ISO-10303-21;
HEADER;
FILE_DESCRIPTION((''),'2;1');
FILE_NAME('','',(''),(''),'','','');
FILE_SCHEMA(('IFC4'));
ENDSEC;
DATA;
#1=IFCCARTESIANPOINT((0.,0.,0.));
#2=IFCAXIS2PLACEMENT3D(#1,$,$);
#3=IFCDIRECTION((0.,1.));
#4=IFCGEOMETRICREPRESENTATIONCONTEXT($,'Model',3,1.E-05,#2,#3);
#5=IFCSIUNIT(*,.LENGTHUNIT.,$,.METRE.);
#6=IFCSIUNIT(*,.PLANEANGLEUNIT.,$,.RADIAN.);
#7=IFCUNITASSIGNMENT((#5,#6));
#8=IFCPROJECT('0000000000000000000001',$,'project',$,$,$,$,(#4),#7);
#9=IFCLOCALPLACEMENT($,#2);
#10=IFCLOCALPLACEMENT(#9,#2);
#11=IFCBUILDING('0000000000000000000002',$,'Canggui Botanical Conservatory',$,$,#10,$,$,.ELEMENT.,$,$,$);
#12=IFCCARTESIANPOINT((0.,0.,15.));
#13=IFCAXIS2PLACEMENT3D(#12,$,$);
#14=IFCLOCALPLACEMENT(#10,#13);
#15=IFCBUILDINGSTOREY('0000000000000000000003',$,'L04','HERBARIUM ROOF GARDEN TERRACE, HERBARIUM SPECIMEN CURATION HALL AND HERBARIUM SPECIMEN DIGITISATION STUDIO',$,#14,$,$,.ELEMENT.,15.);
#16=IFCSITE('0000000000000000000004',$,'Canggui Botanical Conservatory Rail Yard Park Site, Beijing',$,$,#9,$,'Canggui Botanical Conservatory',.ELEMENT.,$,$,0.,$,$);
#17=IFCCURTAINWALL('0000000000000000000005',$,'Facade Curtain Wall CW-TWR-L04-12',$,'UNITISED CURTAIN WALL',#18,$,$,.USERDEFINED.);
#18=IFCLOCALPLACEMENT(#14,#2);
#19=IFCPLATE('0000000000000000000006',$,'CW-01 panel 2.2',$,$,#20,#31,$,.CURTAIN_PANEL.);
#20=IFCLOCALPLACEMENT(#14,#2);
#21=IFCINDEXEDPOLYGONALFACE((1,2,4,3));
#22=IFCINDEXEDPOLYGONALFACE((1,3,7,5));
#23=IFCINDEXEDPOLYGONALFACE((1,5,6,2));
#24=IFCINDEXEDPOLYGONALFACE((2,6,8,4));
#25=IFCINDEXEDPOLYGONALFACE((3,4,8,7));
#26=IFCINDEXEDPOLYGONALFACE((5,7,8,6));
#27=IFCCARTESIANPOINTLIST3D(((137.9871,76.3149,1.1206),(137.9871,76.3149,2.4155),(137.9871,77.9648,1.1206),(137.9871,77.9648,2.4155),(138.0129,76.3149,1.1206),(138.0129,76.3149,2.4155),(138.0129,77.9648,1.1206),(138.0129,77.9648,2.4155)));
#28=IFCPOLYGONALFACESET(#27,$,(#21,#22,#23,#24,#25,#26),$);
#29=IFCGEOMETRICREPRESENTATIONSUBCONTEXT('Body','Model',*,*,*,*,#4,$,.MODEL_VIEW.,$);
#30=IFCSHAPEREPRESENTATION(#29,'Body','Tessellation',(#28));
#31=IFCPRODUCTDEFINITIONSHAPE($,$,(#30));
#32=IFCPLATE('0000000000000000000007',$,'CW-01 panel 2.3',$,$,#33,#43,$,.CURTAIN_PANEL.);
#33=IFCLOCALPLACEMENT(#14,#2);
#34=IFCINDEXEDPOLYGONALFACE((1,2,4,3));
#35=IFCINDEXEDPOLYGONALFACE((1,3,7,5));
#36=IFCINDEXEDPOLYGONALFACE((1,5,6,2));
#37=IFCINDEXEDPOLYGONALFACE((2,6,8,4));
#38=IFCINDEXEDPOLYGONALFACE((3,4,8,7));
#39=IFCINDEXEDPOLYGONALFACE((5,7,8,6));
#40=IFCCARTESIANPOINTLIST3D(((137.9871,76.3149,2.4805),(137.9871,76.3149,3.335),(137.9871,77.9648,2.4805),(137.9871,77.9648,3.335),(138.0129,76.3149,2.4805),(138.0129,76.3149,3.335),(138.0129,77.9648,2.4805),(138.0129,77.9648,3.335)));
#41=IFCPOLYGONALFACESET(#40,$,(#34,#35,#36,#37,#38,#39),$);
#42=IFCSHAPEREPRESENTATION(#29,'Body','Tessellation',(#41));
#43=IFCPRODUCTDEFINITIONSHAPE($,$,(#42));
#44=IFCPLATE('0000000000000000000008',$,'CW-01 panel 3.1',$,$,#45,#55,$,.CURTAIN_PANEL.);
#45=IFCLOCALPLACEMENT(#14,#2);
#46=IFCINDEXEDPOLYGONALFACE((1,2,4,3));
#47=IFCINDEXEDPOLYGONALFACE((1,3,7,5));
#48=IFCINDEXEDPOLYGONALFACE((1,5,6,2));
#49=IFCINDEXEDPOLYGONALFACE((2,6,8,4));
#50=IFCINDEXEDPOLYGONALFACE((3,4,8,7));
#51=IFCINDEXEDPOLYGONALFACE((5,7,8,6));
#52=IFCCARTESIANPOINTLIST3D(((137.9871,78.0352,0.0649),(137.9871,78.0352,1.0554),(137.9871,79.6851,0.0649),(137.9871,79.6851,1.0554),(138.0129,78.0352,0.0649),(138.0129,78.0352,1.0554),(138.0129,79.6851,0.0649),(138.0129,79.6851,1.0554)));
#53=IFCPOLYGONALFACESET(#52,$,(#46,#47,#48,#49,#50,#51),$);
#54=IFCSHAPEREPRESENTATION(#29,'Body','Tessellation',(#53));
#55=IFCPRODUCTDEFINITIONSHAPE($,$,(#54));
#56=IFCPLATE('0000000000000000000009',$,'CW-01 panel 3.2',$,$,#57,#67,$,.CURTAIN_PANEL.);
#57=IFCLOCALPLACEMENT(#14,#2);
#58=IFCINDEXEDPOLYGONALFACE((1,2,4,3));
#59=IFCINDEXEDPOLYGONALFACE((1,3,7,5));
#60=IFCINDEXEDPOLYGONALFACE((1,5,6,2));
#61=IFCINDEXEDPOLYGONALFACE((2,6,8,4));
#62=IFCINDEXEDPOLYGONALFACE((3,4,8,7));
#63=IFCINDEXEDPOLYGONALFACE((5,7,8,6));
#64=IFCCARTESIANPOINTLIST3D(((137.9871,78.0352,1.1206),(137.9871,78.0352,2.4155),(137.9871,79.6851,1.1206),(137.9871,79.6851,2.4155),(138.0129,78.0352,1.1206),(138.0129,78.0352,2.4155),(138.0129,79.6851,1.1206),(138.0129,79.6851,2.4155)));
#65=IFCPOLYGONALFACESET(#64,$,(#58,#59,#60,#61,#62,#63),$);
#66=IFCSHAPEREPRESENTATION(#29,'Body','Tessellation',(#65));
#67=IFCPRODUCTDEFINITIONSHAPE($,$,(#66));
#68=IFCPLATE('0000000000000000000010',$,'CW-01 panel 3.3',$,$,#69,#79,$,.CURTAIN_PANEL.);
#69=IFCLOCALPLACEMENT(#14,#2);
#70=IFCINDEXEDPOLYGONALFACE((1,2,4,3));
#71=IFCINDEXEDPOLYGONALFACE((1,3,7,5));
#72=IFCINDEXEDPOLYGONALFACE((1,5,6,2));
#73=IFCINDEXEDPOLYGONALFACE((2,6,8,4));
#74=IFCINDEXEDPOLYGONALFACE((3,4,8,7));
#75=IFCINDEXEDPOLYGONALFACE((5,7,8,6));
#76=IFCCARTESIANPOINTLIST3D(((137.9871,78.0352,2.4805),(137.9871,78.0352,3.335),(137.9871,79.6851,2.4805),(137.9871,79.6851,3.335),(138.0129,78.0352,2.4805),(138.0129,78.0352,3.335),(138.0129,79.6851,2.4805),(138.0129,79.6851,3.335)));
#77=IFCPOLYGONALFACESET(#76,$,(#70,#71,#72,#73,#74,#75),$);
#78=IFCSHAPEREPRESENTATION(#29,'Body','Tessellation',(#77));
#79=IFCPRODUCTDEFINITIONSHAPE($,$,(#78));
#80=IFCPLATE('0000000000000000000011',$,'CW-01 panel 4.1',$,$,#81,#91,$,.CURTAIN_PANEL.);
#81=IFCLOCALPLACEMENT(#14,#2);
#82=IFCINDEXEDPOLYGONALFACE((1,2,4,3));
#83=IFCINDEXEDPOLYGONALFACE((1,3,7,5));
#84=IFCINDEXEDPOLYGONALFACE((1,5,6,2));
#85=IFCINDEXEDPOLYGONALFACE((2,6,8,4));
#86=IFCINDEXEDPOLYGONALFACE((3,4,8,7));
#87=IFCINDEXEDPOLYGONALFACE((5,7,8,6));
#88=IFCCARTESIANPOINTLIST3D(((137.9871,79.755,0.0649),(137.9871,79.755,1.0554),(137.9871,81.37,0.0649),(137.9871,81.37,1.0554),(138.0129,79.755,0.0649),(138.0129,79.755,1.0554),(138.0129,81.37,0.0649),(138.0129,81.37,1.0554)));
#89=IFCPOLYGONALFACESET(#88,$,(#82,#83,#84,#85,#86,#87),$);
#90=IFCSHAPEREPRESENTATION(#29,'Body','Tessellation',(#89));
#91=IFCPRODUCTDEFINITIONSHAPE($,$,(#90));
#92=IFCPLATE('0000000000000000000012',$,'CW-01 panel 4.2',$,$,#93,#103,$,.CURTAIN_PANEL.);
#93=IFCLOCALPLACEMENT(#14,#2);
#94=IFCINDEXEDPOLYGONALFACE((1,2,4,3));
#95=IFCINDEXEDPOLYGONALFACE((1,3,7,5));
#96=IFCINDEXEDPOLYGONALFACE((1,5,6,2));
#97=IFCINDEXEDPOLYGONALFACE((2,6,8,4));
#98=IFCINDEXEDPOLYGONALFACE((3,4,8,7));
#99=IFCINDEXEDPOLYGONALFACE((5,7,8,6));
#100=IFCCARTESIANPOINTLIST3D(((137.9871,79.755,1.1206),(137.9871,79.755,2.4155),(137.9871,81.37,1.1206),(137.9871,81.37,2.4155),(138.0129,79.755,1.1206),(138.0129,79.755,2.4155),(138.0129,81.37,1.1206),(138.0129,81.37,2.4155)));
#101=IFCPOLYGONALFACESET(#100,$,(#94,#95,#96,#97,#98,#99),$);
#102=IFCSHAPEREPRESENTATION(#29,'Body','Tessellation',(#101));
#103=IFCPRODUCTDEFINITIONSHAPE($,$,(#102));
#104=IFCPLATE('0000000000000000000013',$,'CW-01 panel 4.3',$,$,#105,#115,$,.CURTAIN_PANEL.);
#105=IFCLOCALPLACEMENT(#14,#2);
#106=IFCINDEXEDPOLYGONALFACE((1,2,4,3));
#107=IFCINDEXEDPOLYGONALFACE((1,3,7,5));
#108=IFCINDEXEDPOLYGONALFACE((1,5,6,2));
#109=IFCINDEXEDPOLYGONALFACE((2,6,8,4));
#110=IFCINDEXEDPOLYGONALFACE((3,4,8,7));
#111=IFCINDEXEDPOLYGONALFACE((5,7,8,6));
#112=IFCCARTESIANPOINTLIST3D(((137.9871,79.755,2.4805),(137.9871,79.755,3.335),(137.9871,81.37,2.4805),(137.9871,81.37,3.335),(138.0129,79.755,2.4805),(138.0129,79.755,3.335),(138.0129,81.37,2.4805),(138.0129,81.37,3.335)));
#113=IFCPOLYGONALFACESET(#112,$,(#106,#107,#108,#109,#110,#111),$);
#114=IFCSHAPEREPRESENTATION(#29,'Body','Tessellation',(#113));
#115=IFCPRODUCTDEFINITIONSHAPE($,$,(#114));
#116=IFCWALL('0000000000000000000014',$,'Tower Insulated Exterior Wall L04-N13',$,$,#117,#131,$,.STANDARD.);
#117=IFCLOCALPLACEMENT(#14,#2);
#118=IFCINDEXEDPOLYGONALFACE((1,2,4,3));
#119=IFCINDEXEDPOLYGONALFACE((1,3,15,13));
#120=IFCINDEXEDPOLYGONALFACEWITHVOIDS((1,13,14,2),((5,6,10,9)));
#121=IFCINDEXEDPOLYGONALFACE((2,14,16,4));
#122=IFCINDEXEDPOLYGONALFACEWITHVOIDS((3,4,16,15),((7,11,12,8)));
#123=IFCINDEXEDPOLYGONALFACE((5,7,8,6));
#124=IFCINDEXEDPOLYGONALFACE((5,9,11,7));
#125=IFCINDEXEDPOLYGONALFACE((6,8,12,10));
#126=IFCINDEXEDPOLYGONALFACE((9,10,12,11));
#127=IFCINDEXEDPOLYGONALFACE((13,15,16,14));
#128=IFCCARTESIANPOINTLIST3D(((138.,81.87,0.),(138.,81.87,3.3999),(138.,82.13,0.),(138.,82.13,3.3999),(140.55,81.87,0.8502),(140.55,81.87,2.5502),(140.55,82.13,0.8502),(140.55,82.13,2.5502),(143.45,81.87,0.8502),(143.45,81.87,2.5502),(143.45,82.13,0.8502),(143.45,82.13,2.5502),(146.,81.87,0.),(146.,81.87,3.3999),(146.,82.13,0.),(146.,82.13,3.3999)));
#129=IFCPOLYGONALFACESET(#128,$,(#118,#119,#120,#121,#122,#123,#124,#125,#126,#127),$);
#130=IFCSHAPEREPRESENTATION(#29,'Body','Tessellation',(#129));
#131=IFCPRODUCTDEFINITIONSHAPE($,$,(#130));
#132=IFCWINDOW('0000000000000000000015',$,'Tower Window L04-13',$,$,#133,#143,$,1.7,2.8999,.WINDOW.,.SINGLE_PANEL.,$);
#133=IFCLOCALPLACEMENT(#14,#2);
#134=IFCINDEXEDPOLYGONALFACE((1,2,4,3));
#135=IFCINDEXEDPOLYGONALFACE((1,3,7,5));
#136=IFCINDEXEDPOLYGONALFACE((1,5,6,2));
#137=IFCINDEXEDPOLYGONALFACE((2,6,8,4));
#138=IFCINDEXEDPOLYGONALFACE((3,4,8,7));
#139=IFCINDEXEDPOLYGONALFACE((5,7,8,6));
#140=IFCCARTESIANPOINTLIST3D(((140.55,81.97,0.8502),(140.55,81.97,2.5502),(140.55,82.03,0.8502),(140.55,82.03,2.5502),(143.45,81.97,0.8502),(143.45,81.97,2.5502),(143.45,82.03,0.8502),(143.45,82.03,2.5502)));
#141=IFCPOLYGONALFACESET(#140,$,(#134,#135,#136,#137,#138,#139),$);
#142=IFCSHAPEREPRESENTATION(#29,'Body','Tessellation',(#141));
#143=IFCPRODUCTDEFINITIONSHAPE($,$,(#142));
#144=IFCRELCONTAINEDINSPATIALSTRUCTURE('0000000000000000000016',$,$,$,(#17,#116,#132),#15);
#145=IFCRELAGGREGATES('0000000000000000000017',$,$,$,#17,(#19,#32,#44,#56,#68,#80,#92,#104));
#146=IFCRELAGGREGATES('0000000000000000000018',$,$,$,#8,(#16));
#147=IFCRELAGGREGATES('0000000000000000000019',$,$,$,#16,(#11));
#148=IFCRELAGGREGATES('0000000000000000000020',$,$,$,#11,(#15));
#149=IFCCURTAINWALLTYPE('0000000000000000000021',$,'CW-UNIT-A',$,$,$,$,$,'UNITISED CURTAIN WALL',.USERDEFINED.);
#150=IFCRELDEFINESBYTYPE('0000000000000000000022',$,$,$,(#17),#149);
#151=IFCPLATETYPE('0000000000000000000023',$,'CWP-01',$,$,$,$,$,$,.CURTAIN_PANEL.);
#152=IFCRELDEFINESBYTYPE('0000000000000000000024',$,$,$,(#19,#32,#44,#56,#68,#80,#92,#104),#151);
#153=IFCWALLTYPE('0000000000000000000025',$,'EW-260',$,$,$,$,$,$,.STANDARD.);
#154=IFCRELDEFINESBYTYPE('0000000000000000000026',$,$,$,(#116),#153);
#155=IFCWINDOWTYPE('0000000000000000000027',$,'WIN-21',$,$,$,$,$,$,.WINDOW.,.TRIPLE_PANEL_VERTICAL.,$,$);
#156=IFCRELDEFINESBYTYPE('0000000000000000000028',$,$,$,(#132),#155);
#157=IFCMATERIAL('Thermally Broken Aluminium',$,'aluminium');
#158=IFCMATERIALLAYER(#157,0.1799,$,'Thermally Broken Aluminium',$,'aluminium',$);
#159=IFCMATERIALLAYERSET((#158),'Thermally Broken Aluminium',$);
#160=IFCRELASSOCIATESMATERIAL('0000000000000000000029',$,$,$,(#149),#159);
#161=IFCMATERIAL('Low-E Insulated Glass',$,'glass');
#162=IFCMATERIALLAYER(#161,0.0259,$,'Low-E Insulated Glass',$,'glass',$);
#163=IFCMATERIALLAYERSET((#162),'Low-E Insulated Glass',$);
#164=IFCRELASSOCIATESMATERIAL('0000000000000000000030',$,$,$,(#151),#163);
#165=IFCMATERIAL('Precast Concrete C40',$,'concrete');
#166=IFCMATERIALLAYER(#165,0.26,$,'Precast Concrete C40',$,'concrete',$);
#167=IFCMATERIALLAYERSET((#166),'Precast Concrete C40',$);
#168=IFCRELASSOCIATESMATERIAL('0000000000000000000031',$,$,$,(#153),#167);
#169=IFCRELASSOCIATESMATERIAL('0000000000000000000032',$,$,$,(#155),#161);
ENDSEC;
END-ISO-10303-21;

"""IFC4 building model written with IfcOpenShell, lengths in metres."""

from ifc_helpers import new_model, si_unit, direction, frame, frame_2d, origin, origin_2d, place, context, subcontext, project, spatial, rectangle, extrude, material, layer, layer_set, type_object, element, fill, aggregate, save


model = new_model("IFC4")

# Units and contexts
model_context = context("Model", 3, precision=1e-05, world=origin(), true_north=direction((0.0, 1.0)))
body_context = subcontext(model_context, "Body", "Model", "MODEL_VIEW")
ifc_project = project(units=[si_unit("LENGTHUNIT", "METRE"), si_unit("PLANEANGLEUNIT", "RADIAN")], contexts=[model_context])

# Site, building, storey
site_placement = place(None, origin())
site = spatial("IfcSite", under=ifc_project, at=site_placement, Name="Canggui Botanical Conservatory Rail Yard Park Site, Beijing", LongName="Canggui Botanical Conservatory", CompositionType="ELEMENT", RefElevation=0.0)
building_placement = place(site_placement, origin())
building = spatial("IfcBuilding", under=site, at=building_placement, Name="Canggui Botanical Conservatory", CompositionType="ELEMENT")
storey_placement = place(building_placement, frame((0.0, 0.0, 15.0)))
storey = spatial("IfcBuildingStorey", under=building, at=storey_placement, Name="L04", Description="HERBARIUM ROOF GARDEN TERRACE, HERBARIUM SPECIMEN CURATION HALL AND HERBARIUM SPECIMEN DIGITISATION STUDIO", CompositionType="ELEMENT", Elevation=15.0)

# Curtain wall, plates
ifc_material_1 = material(Name="Thermally Broken Aluminium", Category="aluminium")
ifc_layer_1 = layer(ifc_material_1, 0.1799, Name="Thermally Broken Aluminium", Category="aluminium")
ifc_layer_set_1 = layer_set([ifc_layer_1], Name="Thermally Broken Aluminium")
curtain_wall_type = type_object("IfcCurtainWallType", Name="CW-UNIT-A", ElementType="UNITISED CURTAIN WALL", PredefinedType="USERDEFINED", material=ifc_layer_set_1)
curtain_wall_placement = place(storey_placement, origin())
curtain_wall = element("IfcCurtainWall", 1, at=curtain_wall_placement, inside=storey, type_object=curtain_wall_type, Name="Facade Curtain Wall CW-TWR-L04-12", ObjectType="UNITISED CURTAIN WALL", PredefinedType="USERDEFINED")
ifc_material_2 = material(Name="Low-E Insulated Glass", Category="glass")
ifc_layer_2 = layer(ifc_material_2, 0.0259, Name="Low-E Insulated Glass", Category="glass")
ifc_layer_set_2 = layer_set([ifc_layer_2], Name="Low-E Insulated Glass")
plate_type = type_object("IfcPlateType", Name="CWP-01", PredefinedType="CURTAIN_PANEL", material=ifc_layer_set_2)
plate_1_placement = place(storey_placement, frame((138.0, 77.1399, 1.1206), z_axis=(0.0, 0.0, 1.0), x_axis=(0.0, 1.0, 0.0)))
plate_1 = element("IfcPlate", 2, at=plate_1_placement, type_object=plate_type, Name="CW-01 panel 2.2", PredefinedType="CURTAIN_PANEL", context=body_context, shape_type="SweptSolid", body=[
    extrude(rectangle(XDim=1.6499, YDim=0.0259, at=origin_2d()), origin(), (0.0, 0.0, 1.0), 1.2949),
])
plate_2_placement = place(storey_placement, frame((138.0, 77.1399, 2.4805), z_axis=(0.0, 0.0, 1.0), x_axis=(0.0, 1.0, 0.0)))
plate_2 = element("IfcPlate", 3, at=plate_2_placement, type_object=plate_type, Name="CW-01 panel 2.3", PredefinedType="CURTAIN_PANEL", context=body_context, shape_type="SweptSolid", body=[
    extrude(rectangle(XDim=1.6499, YDim=0.0259, at=origin_2d()), origin(), (0.0, 0.0, 1.0), 0.8545),
])
plate_3_placement = place(storey_placement, frame((138.0, 78.8601, 0.0649), z_axis=(0.0, 0.0, 1.0), x_axis=(0.0, 1.0, 0.0)))
plate_3 = element("IfcPlate", 4, at=plate_3_placement, type_object=plate_type, Name="CW-01 panel 3.1", PredefinedType="CURTAIN_PANEL", context=body_context, shape_type="SweptSolid", body=[
    extrude(rectangle(XDim=1.6499, YDim=0.0259, at=origin_2d()), origin(), (0.0, 0.0, 1.0), 0.9905),
])
plate_4_placement = place(storey_placement, frame((138.0, 78.8601, 1.1206), z_axis=(0.0, 0.0, 1.0), x_axis=(0.0, 1.0, 0.0)))
plate_4 = element("IfcPlate", 5, at=plate_4_placement, type_object=plate_type, Name="CW-01 panel 3.2", PredefinedType="CURTAIN_PANEL", context=body_context, shape_type="SweptSolid", body=[
    extrude(rectangle(XDim=1.6499, YDim=0.0259, at=origin_2d()), origin(), (0.0, 0.0, 1.0), 1.2949),
])
plate_5_placement = place(storey_placement, frame((138.0, 78.8601, 2.4805), z_axis=(0.0, 0.0, 1.0), x_axis=(0.0, 1.0, 0.0)))
plate_5 = element("IfcPlate", 6, at=plate_5_placement, type_object=plate_type, Name="CW-01 panel 3.3", PredefinedType="CURTAIN_PANEL", context=body_context, shape_type="SweptSolid", body=[
    extrude(rectangle(XDim=1.6499, YDim=0.0259, at=origin_2d()), origin(), (0.0, 0.0, 1.0), 0.8545),
])
plate_6_placement = place(storey_placement, frame((138.0, 80.5625, 0.0649), z_axis=(0.0, 0.0, 1.0), x_axis=(0.0, 1.0, 0.0)))
plate_6 = element("IfcPlate", 7, at=plate_6_placement, type_object=plate_type, Name="CW-01 panel 4.1", PredefinedType="CURTAIN_PANEL", context=body_context, shape_type="SweptSolid", body=[
    extrude(rectangle(XDim=1.615, YDim=0.0259, at=origin_2d()), origin(), (0.0, 0.0, 1.0), 0.9905),
])
plate_7_placement = place(storey_placement, frame((138.0, 80.5625, 1.1206), z_axis=(0.0, 0.0, 1.0), x_axis=(0.0, 1.0, 0.0)))
plate_7 = element("IfcPlate", 8, at=plate_7_placement, type_object=plate_type, Name="CW-01 panel 4.2", PredefinedType="CURTAIN_PANEL", context=body_context, shape_type="SweptSolid", body=[
    extrude(rectangle(XDim=1.615, YDim=0.0259, at=origin_2d()), origin(), (0.0, 0.0, 1.0), 1.2949),
])
plate_8_placement = place(storey_placement, frame((138.0, 80.5625, 2.4805), z_axis=(0.0, 0.0, 1.0), x_axis=(0.0, 1.0, 0.0)))
plate_8 = element("IfcPlate", 9, at=plate_8_placement, type_object=plate_type, Name="CW-01 panel 4.3", PredefinedType="CURTAIN_PANEL", context=body_context, shape_type="SweptSolid", body=[
    extrude(rectangle(XDim=1.615, YDim=0.0259, at=origin_2d()), origin(), (0.0, 0.0, 1.0), 0.8545),
])
aggregate(curtain_wall, [plate_1, plate_2, plate_3, plate_4, plate_5, plate_6, plate_7, plate_8])

# Wall, opening, window
ifc_material_3 = material(Name="Precast Concrete C40", Category="concrete")
ifc_layer_3 = layer(ifc_material_3, 0.26, Name="Precast Concrete C40", Category="concrete")
ifc_layer_set_3 = layer_set([ifc_layer_3], Name="Precast Concrete C40")
wall_type = type_object("IfcWallType", Name="EW-260", PredefinedType="STANDARD", material=ifc_layer_set_3)
wall_placement = place(storey_placement, frame((138.0, 82.0, 0.0), z_axis=(0.0, 0.0, 1.0), x_axis=(1.0, 0.0, 0.0)))
wall = element("IfcWall", 10, at=wall_placement, inside=storey, type_object=wall_type, Name="Tower Insulated Exterior Wall L04-N13", PredefinedType="STANDARD", context=body_context, shape_type="SweptSolid", body=[
    extrude(rectangle(XDim=8.0, YDim=0.26, at=frame_2d((4.0, 0.0))), origin(), (0.0, 0.0, 1.0), 3.3999),
])
opening_placement = place(wall_placement, frame((2.55, 0.0, 0.8501)))
opening = element("IfcOpeningElement", 11, at=opening_placement, cuts=wall, PredefinedType="OPENING", context=body_context, shape_type="SweptSolid", body=[
    extrude(rectangle(XDim=2.8999, YDim=1.7, at=frame_2d((1.45, 0.8501))), frame((0.0, 0.1401, 0.0), z_axis=(0.0, -1.0, 0.0), x_axis=(1.0, 0.0, 0.0)), (0.0, 0.0, 1.0), 0.28),
])
window_type = type_object("IfcWindowType", Name="WIN-21", PartitioningType="TRIPLE_PANEL_VERTICAL", PredefinedType="WINDOW", material=ifc_material_2)
window_placement = place(opening_placement, origin())
window = element("IfcWindow", 12, at=window_placement, inside=storey, type_object=window_type, Name="Tower Window L04-13", OverallHeight=1.7, OverallWidth=2.8999, PartitioningType="SINGLE_PANEL", PredefinedType="WINDOW", context=body_context, shape_type="SweptSolid", body=[
    extrude(rectangle(XDim=2.8999, YDim=1.7, at=frame_2d((1.45, 0.8501))), frame((0.0, 0.03, 0.0), z_axis=(0.0, -1.0, 0.0), x_axis=(1.0, 0.0, 0.0)), (0.0, 0.0, 1.0), 0.0601),
])
fill(opening, window)

save(model, "model.ifc")
